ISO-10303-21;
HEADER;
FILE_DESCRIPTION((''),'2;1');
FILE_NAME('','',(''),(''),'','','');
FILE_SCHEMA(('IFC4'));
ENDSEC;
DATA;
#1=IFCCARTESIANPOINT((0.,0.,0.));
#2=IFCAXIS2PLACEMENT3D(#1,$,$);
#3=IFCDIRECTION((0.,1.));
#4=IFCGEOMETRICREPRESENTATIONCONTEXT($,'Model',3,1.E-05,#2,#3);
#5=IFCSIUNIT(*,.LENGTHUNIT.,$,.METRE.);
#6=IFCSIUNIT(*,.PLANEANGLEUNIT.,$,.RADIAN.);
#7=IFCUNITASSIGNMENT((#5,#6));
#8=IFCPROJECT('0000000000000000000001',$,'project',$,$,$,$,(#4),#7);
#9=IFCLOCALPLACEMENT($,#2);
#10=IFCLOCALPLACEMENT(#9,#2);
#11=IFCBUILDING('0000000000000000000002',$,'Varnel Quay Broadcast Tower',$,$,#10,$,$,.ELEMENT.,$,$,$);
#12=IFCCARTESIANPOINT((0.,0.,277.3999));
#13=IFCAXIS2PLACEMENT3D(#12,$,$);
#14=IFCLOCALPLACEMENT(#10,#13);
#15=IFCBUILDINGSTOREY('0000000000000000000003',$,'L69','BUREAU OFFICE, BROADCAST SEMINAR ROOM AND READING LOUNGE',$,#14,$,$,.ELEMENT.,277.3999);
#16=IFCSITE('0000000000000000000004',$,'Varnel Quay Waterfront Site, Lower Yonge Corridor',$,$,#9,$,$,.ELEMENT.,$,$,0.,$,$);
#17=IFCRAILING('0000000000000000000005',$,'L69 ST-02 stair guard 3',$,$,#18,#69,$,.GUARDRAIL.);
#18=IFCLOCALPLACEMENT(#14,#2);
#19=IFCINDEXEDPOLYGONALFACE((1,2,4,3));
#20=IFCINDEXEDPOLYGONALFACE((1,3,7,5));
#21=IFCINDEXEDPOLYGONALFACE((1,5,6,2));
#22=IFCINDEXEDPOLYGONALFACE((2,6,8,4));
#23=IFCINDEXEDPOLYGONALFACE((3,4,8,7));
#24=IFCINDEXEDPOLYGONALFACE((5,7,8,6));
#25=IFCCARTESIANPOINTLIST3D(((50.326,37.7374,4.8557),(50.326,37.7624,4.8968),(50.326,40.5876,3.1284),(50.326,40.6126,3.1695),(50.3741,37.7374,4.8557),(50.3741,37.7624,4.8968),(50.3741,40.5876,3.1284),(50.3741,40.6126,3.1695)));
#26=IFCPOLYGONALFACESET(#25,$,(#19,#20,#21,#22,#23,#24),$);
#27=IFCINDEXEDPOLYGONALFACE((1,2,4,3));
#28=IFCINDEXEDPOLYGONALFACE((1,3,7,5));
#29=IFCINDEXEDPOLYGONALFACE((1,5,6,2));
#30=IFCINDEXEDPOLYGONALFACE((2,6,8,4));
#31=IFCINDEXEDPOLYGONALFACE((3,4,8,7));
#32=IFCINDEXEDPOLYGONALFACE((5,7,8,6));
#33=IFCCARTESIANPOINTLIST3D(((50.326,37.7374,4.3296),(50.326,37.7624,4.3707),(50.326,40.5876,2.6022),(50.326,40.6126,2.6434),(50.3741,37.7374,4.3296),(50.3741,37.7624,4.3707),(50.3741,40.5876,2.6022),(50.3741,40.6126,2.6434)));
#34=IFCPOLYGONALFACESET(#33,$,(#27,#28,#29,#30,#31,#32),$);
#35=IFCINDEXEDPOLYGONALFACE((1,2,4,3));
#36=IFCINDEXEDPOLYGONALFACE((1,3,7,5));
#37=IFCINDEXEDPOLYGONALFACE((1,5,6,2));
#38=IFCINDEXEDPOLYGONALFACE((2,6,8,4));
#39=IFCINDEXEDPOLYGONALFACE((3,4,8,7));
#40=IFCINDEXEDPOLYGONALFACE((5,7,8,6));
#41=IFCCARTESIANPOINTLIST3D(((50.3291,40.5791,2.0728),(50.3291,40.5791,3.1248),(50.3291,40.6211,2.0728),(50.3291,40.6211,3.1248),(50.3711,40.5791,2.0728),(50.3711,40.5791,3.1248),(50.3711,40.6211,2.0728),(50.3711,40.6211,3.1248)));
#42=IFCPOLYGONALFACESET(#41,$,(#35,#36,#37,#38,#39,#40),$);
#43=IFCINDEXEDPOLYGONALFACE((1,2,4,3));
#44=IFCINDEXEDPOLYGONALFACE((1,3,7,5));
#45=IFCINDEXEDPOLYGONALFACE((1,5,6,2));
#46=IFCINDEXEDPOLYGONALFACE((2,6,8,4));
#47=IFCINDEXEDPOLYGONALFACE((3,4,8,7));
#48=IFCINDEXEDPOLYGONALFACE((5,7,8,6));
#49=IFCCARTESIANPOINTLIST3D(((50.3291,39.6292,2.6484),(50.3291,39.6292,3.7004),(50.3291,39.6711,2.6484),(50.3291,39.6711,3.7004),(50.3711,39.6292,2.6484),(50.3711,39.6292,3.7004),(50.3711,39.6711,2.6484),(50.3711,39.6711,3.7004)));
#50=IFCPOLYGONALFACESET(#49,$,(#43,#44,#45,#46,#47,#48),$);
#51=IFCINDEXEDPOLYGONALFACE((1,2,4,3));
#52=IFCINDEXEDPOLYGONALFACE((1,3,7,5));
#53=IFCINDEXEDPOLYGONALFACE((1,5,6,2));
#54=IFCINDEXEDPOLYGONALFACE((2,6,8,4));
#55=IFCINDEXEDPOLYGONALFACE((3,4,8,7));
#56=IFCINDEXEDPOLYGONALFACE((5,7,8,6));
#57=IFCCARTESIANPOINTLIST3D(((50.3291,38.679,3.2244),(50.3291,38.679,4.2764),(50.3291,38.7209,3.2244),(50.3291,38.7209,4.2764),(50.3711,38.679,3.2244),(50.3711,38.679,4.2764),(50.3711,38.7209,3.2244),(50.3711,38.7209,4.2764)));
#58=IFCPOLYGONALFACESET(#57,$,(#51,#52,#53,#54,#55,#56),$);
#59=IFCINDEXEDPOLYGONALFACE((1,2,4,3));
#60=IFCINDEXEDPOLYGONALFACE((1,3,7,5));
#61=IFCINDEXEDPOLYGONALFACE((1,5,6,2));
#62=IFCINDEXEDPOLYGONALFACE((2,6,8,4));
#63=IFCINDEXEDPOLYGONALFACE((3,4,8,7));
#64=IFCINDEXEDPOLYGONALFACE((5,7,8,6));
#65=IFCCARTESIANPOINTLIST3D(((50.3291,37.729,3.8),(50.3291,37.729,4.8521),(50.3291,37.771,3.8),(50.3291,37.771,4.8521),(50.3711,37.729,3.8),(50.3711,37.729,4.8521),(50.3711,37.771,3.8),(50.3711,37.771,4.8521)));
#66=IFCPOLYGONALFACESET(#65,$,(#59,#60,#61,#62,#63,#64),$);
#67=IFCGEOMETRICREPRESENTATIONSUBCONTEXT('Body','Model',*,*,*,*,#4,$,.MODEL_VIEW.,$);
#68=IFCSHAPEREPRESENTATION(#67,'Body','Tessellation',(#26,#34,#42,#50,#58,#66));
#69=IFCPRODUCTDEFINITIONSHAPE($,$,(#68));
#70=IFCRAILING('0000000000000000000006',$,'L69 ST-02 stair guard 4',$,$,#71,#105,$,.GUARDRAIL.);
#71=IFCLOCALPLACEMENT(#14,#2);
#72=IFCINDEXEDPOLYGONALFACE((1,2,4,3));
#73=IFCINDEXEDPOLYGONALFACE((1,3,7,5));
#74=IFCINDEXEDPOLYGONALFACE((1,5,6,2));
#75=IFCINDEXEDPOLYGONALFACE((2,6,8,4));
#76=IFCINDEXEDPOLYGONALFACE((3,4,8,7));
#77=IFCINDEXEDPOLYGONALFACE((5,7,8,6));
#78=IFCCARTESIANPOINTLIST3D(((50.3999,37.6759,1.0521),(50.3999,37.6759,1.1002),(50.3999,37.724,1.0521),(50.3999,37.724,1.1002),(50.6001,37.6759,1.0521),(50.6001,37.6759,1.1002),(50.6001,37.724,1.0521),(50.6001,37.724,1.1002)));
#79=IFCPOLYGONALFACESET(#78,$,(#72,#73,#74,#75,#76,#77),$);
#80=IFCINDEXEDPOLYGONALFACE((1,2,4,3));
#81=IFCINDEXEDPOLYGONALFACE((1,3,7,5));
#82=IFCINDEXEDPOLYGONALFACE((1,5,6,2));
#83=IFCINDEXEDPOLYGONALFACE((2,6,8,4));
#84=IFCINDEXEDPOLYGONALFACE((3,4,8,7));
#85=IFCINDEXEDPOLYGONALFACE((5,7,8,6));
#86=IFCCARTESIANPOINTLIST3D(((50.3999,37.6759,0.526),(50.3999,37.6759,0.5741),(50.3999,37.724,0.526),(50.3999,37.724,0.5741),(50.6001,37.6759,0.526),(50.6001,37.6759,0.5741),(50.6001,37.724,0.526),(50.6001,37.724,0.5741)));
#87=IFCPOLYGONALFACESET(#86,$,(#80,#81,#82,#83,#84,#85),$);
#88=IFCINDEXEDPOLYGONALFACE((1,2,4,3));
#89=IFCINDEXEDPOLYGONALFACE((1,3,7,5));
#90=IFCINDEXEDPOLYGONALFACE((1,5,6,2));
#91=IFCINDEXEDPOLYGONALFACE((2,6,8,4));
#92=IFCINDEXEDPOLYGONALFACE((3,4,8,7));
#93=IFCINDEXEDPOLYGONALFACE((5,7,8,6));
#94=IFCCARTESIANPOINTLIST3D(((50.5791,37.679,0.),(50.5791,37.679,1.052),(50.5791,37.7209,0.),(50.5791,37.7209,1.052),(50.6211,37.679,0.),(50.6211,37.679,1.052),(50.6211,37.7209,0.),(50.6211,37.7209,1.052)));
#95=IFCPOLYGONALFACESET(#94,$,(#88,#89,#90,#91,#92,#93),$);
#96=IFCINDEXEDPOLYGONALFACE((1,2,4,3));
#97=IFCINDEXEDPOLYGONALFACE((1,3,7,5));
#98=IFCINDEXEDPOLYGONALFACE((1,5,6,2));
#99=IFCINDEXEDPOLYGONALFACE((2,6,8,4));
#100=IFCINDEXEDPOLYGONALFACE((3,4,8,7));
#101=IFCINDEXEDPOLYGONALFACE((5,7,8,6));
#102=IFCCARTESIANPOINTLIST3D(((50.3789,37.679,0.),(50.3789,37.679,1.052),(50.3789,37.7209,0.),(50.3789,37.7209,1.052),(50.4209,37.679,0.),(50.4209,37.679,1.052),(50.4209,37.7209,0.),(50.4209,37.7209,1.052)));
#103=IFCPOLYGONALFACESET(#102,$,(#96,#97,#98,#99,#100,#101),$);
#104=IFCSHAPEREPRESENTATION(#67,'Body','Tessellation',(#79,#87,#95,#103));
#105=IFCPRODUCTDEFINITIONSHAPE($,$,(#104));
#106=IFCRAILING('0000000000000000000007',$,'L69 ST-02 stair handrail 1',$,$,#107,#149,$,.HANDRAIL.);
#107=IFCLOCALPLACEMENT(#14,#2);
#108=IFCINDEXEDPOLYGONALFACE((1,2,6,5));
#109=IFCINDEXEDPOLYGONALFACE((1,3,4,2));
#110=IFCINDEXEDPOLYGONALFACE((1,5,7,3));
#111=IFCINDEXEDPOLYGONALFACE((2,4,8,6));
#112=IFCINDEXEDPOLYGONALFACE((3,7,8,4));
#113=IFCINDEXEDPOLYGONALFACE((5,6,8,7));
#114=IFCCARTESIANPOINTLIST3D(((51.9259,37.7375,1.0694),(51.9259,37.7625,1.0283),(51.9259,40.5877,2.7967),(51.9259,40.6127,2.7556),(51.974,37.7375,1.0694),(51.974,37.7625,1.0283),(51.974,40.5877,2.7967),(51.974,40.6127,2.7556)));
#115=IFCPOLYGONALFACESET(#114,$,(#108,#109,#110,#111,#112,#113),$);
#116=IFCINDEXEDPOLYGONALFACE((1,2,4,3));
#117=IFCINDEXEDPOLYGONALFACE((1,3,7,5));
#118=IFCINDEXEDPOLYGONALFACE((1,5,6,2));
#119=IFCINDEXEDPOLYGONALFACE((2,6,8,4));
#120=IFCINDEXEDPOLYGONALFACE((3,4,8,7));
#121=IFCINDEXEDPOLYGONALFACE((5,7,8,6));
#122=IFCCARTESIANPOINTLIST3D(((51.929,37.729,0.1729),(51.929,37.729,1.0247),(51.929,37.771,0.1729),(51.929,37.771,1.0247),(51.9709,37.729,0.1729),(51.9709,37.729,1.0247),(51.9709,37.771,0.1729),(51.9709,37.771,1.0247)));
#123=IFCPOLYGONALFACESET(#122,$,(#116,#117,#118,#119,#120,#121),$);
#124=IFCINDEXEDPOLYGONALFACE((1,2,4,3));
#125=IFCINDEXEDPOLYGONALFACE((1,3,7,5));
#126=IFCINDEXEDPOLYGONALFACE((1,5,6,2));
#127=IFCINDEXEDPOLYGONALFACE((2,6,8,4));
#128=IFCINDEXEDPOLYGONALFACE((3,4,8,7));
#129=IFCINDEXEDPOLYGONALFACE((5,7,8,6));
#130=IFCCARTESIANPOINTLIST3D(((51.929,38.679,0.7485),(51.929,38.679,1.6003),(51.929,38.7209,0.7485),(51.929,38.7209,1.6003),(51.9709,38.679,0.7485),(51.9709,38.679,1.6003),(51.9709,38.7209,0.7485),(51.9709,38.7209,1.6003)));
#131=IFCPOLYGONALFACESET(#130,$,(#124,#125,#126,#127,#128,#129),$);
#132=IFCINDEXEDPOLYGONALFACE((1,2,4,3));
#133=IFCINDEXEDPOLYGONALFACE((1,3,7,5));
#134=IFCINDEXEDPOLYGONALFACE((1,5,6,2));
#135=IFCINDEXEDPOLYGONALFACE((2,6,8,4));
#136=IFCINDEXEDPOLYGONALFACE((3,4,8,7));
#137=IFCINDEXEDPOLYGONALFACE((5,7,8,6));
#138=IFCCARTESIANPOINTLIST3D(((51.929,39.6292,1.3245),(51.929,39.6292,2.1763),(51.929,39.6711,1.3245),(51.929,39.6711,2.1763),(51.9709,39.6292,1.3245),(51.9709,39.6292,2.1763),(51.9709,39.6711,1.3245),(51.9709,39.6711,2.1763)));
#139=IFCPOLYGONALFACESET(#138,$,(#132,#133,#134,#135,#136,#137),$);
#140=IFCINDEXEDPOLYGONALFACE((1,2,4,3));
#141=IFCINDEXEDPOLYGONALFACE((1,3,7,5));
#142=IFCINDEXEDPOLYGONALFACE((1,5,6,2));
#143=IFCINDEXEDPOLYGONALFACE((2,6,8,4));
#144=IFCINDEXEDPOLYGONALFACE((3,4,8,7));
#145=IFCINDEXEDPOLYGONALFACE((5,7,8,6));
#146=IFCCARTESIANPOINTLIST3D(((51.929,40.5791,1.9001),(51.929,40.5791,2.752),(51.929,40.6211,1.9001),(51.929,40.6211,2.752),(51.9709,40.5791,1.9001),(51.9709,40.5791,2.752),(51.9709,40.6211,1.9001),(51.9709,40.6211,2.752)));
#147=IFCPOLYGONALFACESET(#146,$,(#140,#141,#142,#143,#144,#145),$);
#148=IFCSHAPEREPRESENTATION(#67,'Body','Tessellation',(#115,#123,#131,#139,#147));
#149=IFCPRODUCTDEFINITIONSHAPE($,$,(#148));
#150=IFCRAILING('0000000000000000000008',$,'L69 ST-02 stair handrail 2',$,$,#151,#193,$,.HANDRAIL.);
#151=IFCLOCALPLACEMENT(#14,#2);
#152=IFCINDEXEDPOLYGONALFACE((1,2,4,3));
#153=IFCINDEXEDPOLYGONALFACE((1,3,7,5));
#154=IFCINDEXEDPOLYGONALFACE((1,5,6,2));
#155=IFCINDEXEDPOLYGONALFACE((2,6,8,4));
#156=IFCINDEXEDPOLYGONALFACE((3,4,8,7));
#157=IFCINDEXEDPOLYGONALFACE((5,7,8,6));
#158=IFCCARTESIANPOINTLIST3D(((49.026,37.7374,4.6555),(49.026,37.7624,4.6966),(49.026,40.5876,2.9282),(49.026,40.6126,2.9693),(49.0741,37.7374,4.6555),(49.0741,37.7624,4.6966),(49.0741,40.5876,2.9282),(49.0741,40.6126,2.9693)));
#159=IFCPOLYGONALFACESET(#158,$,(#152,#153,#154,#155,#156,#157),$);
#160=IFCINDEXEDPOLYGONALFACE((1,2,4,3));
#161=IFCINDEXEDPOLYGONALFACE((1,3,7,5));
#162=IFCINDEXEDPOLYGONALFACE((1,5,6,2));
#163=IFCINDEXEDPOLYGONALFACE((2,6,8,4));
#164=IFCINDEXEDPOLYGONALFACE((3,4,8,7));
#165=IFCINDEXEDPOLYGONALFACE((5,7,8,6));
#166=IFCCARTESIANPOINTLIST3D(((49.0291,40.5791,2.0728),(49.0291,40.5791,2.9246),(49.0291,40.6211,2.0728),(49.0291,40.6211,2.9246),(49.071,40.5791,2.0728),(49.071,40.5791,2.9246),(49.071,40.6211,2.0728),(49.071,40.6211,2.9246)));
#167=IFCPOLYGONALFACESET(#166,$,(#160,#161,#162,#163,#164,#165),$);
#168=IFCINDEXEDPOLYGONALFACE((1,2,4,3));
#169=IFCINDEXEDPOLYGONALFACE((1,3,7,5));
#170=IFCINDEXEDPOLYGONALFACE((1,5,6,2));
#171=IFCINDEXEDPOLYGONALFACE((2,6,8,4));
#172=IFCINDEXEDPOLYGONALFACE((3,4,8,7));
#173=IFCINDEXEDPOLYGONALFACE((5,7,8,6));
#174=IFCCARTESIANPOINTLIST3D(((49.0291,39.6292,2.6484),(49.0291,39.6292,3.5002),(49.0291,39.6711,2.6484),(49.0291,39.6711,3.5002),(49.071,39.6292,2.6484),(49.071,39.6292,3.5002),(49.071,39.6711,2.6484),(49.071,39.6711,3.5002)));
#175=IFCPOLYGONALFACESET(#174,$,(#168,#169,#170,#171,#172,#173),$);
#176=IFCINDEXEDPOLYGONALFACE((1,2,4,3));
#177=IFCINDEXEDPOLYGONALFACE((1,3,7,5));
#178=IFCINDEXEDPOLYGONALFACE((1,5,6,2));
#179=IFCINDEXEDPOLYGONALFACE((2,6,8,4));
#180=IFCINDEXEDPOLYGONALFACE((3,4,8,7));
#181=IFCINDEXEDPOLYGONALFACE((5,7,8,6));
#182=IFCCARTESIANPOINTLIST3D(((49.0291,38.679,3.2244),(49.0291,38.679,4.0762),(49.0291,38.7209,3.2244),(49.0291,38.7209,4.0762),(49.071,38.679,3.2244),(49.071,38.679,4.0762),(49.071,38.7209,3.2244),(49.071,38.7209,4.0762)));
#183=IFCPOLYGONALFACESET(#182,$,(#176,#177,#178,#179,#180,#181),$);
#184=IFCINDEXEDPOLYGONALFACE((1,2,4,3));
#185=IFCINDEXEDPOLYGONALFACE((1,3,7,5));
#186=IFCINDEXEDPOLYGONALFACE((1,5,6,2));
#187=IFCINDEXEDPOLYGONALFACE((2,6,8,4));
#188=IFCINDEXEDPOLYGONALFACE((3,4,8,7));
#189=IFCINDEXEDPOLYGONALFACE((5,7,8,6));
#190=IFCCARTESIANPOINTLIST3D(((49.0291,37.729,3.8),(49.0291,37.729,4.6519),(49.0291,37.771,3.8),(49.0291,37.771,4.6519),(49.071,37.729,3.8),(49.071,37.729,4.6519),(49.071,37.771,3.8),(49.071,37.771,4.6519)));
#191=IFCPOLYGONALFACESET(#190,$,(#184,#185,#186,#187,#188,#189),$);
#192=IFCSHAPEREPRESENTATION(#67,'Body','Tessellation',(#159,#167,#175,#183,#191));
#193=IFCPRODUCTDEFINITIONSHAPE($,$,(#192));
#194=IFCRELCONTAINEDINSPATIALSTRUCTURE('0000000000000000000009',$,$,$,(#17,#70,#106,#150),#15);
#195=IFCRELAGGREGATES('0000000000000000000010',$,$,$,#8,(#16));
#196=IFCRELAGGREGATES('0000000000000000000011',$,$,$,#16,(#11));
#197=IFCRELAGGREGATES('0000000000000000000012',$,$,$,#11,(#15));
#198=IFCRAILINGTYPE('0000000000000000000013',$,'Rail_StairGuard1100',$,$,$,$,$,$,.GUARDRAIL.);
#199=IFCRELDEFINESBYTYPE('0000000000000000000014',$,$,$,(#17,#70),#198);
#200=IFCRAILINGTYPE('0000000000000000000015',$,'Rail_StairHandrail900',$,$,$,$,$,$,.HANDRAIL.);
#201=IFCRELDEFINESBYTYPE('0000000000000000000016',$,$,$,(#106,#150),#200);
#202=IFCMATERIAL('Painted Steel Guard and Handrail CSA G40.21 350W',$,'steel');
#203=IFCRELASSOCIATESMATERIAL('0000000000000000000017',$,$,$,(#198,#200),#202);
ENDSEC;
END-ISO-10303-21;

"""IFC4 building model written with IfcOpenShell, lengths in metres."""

from ifc_helpers import new_model, si_unit, direction, frame, origin, origin_2d, place, context, subcontext, project, spatial, rectangle, extrude, material, type_object, element, save


model = new_model("IFC4")

# Units and contexts
model_context = context("Model", 3, precision=1e-05, world=origin(), true_north=direction((0.0, 1.0)))
body_context = subcontext(model_context, "Body", "Model", "MODEL_VIEW")
ifc_project = project(units=[si_unit("LENGTHUNIT", "METRE"), si_unit("PLANEANGLEUNIT", "RADIAN")], contexts=[model_context])

# Site, building, storey
site_placement = place(None, origin())
site = spatial("IfcSite", under=ifc_project, at=site_placement, Name="Varnel Quay Waterfront Site, Lower Yonge Corridor", CompositionType="ELEMENT", RefElevation=0.0)
building_placement = place(site_placement, origin())
building = spatial("IfcBuilding", under=site, at=building_placement, Name="Varnel Quay Broadcast Tower", CompositionType="ELEMENT")
storey_placement = place(building_placement, frame((0.0, 0.0, 277.3999)))
storey = spatial("IfcBuildingStorey", under=building, at=storey_placement, Name="L69", Description="BUREAU OFFICE, BROADCAST SEMINAR ROOM AND READING LOUNGE", CompositionType="ELEMENT", Elevation=277.3999)

# Railings
ifc_material_1 = material(Name="Painted Steel Guard and Handrail CSA G40.21 350W", Category="steel")
railing_type_1 = type_object("IfcRailingType", Name="Rail_StairGuard1100", PredefinedType="GUARDRAIL", material=ifc_material_1)
railing_1_placement = place(storey_placement, frame((50.3501, 40.6001, 2.0728)))
element("IfcRailing", 1, at=railing_1_placement, inside=storey, type_object=railing_type_1, Name="L69 ST-02 stair guard 3", PredefinedType="GUARDRAIL", context=body_context, shape_type="SweptSolid", body=[
    extrude(rectangle(XDim=0.0481, YDim=0.0481, at=origin_2d()), frame((0.0, 0.0, 1.0762), z_axis=(0.0, -0.855203, 0.518294), x_axis=(1.0, 0.0, 0.0)), (0.0, 0.0, 1.0), 3.3328),
    extrude(rectangle(XDim=0.0481, YDim=0.0481, at=origin_2d()), frame((0.0, 0.0, 0.55), z_axis=(0.0, -0.855203, 0.518294), x_axis=(1.0, 0.0, 0.0)), (0.0, 0.0, 1.0), 3.3328),
    extrude(rectangle(XDim=0.042, YDim=0.042, at=origin_2d()), origin(), (0.0, 0.0, 1.0), 1.052),
    extrude(rectangle(XDim=0.042, YDim=0.042, at=origin_2d()), frame((0.0, -0.95, 0.5757)), (0.0, 0.0, 1.0), 1.052),
    extrude(rectangle(XDim=0.042, YDim=0.042, at=origin_2d()), frame((0.0, -1.9001, 1.1516)), (0.0, 0.0, 1.0), 1.052),
    extrude(rectangle(XDim=0.042, YDim=0.042, at=origin_2d()), frame((0.0, -2.8501, 1.7273)), (0.0, 0.0, 1.0), 1.052),
])
railing_2_placement = place(storey_placement, frame((50.6001, 37.7, 0.0)))
element("IfcRailing", 2, at=railing_2_placement, inside=storey, type_object=railing_type_1, Name="L69 ST-02 stair guard 4", PredefinedType="GUARDRAIL", context=body_context, shape_type="SweptSolid", body=[
    extrude(rectangle(XDim=0.0481, YDim=0.0481, at=origin_2d()), frame((0.0, 0.0, 1.0762), z_axis=(-1.0, 0.0, 0.0), x_axis=(0.0, -1.0, 0.0)), (0.0, 0.0, 1.0), 0.2002),
    extrude(rectangle(XDim=0.0481, YDim=0.0481, at=origin_2d()), frame((0.0, 0.0, 0.55), z_axis=(-1.0, 0.0, 0.0), x_axis=(0.0, -1.0, 0.0)), (0.0, 0.0, 1.0), 0.2002),
    extrude(rectangle(XDim=0.042, YDim=0.042, at=origin_2d()), origin(), (0.0, 0.0, 1.0), 1.052),
    extrude(rectangle(XDim=0.042, YDim=0.042, at=origin_2d()), frame((-0.2002, 0.0, 0.0)), (0.0, 0.0, 1.0), 1.052),
])
railing_type_2 = type_object("IfcRailingType", Name="Rail_StairHandrail900", PredefinedType="HANDRAIL", material=ifc_material_1)
railing_3_placement = place(storey_placement, frame((51.95, 37.75, 0.1729)))
element("IfcRailing", 3, at=railing_3_placement, inside=storey, type_object=railing_type_2, Name="L69 ST-02 stair handrail 1", PredefinedType="HANDRAIL", context=body_context, shape_type="SweptSolid", body=[
    extrude(rectangle(XDim=0.0481, YDim=0.0481, at=origin_2d()), frame((0.0, 0.0, 0.876), z_axis=(0.0, 0.855203, 0.518294), x_axis=(-1.0, 0.0, 0.0)), (0.0, 0.0, 1.0), 3.3328),
    extrude(rectangle(XDim=0.042, YDim=0.042, at=origin_2d()), origin(), (0.0, 0.0, 1.0), 0.8518),
    extrude(rectangle(XDim=0.042, YDim=0.042, at=origin_2d()), frame((0.0, 0.95, 0.5757)), (0.0, 0.0, 1.0), 0.8518),
    extrude(rectangle(XDim=0.042, YDim=0.042, at=origin_2d()), frame((0.0, 1.9001, 1.1516)), (0.0, 0.0, 1.0), 0.8518),
    extrude(rectangle(XDim=0.042, YDim=0.042, at=origin_2d()), frame((0.0, 2.8501, 1.7273)), (0.0, 0.0, 1.0), 0.8518),
])
railing_4_placement = place(storey_placement, frame((49.05, 40.6001, 2.0728)))
element("IfcRailing", 4, at=railing_4_placement, inside=storey, type_object=railing_type_2, Name="L69 ST-02 stair handrail 2", PredefinedType="HANDRAIL", context=body_context, shape_type="SweptSolid", body=[
    extrude(rectangle(XDim=0.0481, YDim=0.0481, at=origin_2d()), frame((0.0, 0.0, 0.876), z_axis=(0.0, -0.855203, 0.518294), x_axis=(1.0, 0.0, 0.0)), (0.0, 0.0, 1.0), 3.3328),
    extrude(rectangle(XDim=0.042, YDim=0.042, at=origin_2d()), origin(), (0.0, 0.0, 1.0), 0.8518),
    extrude(rectangle(XDim=0.042, YDim=0.042, at=origin_2d()), frame((0.0, -0.95, 0.5757)), (0.0, 0.0, 1.0), 0.8518),
    extrude(rectangle(XDim=0.042, YDim=0.042, at=origin_2d()), frame((0.0, -1.9001, 1.1516)), (0.0, 0.0, 1.0), 0.8518),
    extrude(rectangle(XDim=0.042, YDim=0.042, at=origin_2d()), frame((0.0, -2.8501, 1.7273)), (0.0, 0.0, 1.0), 0.8518),
])

save(model, "model.ifc")
